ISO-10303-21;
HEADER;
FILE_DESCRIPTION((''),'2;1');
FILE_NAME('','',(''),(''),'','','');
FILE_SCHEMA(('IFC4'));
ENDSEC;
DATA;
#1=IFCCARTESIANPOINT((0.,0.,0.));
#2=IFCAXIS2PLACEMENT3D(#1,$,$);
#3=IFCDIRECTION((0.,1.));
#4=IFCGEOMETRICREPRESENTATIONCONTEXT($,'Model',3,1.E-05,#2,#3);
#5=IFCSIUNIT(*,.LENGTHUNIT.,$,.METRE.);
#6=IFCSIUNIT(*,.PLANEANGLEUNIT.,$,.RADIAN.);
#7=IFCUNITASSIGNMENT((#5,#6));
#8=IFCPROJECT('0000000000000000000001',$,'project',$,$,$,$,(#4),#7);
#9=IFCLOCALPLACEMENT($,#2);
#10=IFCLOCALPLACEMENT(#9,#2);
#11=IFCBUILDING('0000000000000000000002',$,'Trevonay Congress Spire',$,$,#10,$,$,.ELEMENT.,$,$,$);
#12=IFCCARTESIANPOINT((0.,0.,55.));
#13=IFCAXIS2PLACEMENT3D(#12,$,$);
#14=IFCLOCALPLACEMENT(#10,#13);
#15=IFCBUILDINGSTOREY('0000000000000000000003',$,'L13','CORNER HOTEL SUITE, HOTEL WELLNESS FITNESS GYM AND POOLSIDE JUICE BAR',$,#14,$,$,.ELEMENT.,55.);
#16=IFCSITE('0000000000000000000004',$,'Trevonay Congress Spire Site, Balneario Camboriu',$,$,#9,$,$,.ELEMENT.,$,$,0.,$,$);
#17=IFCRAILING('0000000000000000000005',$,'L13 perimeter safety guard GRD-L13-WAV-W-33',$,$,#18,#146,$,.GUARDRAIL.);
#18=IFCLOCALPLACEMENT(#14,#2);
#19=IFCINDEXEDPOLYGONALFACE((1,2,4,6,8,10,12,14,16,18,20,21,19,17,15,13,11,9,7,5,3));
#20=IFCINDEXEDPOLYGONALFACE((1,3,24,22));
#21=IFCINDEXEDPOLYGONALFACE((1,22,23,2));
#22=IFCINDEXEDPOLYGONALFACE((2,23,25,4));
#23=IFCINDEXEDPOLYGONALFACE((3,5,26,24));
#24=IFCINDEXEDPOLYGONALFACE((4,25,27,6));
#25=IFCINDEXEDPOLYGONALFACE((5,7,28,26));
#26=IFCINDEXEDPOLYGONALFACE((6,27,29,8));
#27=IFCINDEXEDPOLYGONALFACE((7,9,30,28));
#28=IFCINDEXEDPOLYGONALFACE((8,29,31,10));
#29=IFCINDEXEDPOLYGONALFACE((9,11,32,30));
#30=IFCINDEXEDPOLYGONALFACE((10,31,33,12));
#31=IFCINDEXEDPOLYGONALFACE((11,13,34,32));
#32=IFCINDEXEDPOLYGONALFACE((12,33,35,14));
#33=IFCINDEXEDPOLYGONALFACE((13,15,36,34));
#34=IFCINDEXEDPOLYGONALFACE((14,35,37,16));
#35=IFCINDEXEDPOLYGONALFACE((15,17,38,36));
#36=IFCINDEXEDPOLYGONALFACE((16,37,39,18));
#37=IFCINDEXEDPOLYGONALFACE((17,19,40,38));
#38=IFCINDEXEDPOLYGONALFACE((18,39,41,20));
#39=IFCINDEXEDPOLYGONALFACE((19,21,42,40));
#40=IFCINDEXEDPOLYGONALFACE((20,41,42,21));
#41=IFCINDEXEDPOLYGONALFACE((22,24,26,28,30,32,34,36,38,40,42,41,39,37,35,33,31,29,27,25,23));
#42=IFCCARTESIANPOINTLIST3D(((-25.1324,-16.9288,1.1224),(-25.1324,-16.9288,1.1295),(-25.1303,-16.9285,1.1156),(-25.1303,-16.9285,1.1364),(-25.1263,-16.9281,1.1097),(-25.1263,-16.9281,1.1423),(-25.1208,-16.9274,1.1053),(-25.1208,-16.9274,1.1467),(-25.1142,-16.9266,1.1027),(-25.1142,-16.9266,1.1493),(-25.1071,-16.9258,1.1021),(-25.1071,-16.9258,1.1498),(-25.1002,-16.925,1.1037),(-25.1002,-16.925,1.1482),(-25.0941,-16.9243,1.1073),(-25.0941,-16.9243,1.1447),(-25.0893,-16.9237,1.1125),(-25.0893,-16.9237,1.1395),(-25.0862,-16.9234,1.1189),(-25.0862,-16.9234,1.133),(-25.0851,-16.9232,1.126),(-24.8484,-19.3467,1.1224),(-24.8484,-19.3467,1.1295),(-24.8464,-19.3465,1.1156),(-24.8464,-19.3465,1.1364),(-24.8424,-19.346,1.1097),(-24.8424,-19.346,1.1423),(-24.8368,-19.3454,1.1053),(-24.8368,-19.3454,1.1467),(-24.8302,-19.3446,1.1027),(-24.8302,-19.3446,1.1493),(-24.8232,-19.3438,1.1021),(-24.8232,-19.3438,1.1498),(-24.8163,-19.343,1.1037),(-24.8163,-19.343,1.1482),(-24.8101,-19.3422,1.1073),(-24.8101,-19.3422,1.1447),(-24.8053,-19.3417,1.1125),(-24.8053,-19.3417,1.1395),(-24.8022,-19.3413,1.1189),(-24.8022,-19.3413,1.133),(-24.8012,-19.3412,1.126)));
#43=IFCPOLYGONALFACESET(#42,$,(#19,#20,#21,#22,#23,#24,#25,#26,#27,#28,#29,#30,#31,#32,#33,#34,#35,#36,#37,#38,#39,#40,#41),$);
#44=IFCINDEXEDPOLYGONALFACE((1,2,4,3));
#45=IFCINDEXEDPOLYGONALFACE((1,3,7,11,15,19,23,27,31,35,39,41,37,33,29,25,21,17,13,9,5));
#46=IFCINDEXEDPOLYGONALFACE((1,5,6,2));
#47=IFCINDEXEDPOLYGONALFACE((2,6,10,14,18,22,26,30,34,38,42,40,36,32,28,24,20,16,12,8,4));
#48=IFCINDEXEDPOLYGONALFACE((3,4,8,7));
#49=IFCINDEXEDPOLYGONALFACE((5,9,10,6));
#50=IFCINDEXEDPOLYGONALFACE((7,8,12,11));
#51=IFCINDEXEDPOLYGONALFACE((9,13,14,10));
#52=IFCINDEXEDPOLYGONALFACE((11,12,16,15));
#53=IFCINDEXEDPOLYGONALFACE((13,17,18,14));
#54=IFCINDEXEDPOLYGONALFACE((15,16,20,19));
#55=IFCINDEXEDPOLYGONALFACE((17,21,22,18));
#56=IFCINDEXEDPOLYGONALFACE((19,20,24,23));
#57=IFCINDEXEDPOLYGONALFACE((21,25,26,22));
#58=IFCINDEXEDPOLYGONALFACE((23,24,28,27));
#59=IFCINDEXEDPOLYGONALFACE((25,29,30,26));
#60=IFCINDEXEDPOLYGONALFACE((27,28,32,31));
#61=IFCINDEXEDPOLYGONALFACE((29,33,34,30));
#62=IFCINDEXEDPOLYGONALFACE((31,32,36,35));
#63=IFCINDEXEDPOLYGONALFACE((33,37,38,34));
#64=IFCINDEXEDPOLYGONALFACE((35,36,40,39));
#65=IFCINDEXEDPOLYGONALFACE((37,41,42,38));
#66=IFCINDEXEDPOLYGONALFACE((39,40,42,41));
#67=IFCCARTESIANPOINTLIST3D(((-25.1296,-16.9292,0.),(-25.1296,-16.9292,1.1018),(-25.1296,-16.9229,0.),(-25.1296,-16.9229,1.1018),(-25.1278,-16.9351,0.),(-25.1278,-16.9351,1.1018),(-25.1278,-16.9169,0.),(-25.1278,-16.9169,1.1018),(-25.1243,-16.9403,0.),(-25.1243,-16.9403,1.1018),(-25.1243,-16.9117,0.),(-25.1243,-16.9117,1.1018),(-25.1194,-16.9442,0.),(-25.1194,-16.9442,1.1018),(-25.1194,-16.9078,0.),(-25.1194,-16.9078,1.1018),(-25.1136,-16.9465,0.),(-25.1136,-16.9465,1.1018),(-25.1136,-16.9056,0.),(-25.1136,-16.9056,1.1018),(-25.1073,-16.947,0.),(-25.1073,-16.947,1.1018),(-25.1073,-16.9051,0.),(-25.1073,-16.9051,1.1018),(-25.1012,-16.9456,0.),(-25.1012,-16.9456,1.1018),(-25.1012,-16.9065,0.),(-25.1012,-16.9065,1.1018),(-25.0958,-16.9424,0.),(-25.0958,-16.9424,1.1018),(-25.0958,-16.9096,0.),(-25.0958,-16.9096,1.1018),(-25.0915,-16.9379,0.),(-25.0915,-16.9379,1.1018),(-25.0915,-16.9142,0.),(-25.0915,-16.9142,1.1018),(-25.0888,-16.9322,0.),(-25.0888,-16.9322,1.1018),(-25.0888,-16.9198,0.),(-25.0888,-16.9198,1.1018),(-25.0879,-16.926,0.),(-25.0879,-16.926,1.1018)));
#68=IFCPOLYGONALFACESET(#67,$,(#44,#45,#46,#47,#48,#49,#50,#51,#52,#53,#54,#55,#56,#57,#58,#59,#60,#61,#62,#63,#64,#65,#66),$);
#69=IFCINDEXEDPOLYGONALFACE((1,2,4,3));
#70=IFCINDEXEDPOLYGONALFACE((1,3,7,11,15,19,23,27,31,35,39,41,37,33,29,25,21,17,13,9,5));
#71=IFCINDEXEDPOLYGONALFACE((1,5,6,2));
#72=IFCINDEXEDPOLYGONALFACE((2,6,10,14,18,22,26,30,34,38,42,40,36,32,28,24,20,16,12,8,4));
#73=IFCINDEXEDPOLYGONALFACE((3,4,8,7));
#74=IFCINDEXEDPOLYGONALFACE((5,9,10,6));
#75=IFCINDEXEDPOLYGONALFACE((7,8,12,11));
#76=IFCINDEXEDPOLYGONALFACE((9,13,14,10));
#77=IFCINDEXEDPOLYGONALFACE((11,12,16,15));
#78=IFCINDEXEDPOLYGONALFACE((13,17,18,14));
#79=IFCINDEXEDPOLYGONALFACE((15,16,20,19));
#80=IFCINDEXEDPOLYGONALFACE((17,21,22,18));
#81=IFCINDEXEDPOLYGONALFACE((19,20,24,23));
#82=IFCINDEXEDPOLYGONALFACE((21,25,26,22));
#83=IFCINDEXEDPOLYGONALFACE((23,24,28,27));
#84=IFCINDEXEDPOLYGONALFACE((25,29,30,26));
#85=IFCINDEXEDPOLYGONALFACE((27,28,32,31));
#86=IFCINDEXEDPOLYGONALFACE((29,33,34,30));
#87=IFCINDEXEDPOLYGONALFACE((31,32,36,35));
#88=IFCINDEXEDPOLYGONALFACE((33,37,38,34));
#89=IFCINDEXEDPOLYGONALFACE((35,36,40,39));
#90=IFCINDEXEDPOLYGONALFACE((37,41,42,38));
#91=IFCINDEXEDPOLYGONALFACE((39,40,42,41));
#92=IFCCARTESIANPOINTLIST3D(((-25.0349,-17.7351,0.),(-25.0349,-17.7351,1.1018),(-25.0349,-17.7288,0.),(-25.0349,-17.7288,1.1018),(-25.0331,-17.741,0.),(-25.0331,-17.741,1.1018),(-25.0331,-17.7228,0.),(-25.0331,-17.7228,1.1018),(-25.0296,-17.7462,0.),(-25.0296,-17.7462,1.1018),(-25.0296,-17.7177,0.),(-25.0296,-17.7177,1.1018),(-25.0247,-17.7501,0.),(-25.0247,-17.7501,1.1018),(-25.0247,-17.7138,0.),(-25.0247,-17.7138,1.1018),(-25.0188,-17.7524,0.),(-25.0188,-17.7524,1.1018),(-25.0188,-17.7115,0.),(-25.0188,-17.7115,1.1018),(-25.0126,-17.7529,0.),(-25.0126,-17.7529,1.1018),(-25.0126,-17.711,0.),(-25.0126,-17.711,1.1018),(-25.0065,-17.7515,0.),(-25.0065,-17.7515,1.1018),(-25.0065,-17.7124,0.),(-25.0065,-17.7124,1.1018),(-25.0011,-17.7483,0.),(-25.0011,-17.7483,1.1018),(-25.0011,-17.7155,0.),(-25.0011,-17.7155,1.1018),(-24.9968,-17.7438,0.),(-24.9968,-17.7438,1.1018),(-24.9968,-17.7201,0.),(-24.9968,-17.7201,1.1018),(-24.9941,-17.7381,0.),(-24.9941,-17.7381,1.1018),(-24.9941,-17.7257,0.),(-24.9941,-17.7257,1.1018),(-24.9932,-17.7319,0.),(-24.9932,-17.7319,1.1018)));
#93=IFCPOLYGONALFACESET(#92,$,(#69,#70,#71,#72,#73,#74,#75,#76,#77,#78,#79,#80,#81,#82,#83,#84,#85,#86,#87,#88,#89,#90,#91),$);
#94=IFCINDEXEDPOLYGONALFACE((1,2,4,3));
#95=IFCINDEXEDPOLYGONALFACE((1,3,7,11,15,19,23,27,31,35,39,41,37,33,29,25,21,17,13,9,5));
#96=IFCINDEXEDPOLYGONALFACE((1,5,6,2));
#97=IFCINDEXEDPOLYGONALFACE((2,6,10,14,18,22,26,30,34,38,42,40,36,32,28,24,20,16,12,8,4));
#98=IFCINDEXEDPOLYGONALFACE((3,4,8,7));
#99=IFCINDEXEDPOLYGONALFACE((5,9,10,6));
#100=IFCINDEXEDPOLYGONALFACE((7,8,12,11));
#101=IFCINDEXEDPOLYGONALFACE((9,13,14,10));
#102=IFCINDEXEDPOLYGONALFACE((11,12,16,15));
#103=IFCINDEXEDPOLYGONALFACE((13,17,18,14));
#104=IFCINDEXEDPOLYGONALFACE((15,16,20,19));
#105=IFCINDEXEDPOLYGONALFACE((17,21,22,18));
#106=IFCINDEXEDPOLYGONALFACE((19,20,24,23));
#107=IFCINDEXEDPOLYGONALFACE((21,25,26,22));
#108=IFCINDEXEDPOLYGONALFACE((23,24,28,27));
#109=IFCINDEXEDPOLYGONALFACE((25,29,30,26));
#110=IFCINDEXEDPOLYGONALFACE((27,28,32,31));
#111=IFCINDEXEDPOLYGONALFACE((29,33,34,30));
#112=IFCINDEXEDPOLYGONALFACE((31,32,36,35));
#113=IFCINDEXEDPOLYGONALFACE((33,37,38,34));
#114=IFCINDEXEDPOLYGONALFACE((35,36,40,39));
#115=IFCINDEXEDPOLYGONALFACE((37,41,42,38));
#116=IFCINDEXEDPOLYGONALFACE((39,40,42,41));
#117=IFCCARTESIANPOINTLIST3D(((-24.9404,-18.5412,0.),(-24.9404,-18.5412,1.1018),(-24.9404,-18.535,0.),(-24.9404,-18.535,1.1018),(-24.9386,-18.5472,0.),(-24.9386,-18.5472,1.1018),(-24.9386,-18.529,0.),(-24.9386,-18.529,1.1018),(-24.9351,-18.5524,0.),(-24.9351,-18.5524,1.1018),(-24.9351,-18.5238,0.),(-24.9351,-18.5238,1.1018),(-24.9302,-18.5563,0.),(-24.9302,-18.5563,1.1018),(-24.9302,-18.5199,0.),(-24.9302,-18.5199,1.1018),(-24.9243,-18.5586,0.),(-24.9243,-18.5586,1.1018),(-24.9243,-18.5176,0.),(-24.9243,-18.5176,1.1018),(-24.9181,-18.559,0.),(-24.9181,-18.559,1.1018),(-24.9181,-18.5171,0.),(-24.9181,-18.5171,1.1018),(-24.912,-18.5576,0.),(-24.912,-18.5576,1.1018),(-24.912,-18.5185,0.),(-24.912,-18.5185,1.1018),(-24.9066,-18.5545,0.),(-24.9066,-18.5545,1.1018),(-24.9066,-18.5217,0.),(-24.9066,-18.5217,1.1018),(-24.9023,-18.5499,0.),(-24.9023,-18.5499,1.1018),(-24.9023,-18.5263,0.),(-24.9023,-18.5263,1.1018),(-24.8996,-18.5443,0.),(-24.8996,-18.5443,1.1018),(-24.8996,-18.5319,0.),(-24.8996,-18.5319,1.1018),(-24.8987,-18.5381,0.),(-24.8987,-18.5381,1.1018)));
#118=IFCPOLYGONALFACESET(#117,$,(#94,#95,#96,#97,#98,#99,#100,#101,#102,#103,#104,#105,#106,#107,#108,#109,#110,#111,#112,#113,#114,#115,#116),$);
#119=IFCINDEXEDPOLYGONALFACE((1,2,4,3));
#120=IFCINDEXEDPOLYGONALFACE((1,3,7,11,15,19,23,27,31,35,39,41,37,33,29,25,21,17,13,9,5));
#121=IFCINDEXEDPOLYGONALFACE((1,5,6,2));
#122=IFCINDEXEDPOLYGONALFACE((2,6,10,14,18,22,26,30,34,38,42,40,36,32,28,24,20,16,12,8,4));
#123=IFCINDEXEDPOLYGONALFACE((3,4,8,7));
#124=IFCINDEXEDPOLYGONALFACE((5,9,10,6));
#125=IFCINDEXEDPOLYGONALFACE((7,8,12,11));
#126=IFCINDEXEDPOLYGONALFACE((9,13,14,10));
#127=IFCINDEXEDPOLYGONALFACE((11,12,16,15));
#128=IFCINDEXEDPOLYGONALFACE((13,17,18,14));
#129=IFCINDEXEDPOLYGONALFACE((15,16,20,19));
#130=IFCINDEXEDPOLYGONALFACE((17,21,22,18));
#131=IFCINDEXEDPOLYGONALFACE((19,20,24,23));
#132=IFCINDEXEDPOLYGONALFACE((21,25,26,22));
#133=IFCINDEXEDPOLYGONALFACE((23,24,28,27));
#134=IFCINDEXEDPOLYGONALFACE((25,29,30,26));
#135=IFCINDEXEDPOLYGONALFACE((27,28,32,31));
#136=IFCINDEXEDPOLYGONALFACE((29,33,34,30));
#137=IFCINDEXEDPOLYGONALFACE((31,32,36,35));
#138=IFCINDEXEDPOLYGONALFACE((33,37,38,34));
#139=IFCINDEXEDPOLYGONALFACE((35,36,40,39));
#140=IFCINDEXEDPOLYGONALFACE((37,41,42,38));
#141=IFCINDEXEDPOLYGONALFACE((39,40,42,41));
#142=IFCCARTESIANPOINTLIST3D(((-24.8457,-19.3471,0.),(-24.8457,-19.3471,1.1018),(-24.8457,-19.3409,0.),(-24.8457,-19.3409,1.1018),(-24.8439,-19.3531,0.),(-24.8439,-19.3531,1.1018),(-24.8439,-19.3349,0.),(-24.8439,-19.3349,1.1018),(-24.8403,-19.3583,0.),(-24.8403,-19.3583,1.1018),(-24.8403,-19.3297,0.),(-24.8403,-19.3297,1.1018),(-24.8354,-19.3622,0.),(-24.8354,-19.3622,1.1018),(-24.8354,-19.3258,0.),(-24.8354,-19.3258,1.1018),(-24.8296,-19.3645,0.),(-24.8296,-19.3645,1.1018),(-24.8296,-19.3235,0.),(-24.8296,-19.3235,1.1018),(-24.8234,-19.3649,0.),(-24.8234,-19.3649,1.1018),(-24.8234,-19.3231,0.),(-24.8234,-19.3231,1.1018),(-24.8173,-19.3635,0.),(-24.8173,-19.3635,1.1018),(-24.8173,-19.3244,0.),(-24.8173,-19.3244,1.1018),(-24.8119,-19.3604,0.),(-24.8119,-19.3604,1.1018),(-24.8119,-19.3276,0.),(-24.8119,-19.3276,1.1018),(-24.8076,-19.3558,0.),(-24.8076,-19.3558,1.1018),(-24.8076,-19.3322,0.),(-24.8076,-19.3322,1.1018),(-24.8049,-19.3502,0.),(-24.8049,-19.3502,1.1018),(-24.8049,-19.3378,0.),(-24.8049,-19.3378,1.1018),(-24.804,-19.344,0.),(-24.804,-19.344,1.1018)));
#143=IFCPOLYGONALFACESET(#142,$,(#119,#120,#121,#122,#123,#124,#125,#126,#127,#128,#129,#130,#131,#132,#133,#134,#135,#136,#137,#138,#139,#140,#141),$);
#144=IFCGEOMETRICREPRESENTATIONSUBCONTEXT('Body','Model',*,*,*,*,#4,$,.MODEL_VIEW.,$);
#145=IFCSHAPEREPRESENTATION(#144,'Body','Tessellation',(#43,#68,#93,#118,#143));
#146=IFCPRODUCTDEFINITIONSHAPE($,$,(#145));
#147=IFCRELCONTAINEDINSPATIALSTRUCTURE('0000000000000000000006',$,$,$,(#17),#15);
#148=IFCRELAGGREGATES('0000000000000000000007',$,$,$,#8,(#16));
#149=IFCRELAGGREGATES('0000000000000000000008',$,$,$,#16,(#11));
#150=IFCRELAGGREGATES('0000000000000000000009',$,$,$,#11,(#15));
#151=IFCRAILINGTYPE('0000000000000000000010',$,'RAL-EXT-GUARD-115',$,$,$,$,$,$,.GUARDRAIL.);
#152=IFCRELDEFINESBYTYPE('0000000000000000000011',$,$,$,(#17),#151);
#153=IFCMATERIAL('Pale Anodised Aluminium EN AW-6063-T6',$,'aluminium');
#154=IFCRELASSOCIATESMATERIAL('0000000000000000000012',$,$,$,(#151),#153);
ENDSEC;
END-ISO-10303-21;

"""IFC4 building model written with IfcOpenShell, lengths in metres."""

from ifc_helpers import new_model, si_unit, direction, frame, origin, origin_2d, place, context, subcontext, project, spatial, circle, extrude, material, type_object, element, save


model = new_model("IFC4")

# Units and contexts
model_context = context("Model", 3, precision=1e-05, world=origin(), true_north=direction((0.0, 1.0)))
body_context = subcontext(model_context, "Body", "Model", "MODEL_VIEW")
ifc_project = project(units=[si_unit("LENGTHUNIT", "METRE"), si_unit("PLANEANGLEUNIT", "RADIAN")], contexts=[model_context])

# Site, building, storey
site_placement = place(None, origin())
site = spatial("IfcSite", under=ifc_project, at=site_placement, Name="Trevonay Congress Spire Site, Balneario Camboriu", CompositionType="ELEMENT", RefElevation=0.0)
building_placement = place(site_placement, origin())
building = spatial("IfcBuilding", under=site, at=building_placement, Name="Trevonay Congress Spire", CompositionType="ELEMENT")
storey_placement = place(building_placement, frame((0.0, 0.0, 55.0)))
storey = spatial("IfcBuildingStorey", under=building, at=storey_placement, Name="L13", Description="CORNER HOTEL SUITE, HOTEL WELLNESS FITNESS GYM AND POOLSIDE JUICE BAR", CompositionType="ELEMENT", Elevation=55.0)

# Shared definitions
ifc_material_1 = material(Name="Pale Anodised Aluminium EN AW-6063-T6", Category="aluminium")

# Railing
railing_type = type_object("IfcRailingType", Name="RAL-EXT-GUARD-115", PredefinedType="GUARDRAIL", material=ifc_material_1)
railing_1_placement = place(storey_placement, frame((-25.1089, -16.926, 0.0)))
element("IfcRailing", 1, at=railing_1_placement, inside=storey, type_object=railing_type, Name="L13 perimeter safety guard GRD-L13-WAV-W-33", PredefinedType="GUARDRAIL", context=body_context, shape_type="SweptSolid", body=[
    extrude(circle(Radius=0.0239, at=origin_2d()), frame((0.0, 0.0, 1.126), z_axis=(0.116626, -0.993176, 0.0), x_axis=(0.993176, 0.116626, 0.0)), (0.0, 0.0, 1.0), 2.4346),
    extrude(circle(Radius=0.021, at=origin_2d()), origin(), (0.0, 0.0, 1.0), 1.1018),
    extrude(circle(Radius=0.021, at=origin_2d()), frame((0.0947, -0.8059, 0.0)), (0.0, 0.0, 1.0), 1.1018),
    extrude(circle(Radius=0.021, at=origin_2d()), frame((0.1892, -1.6121, 0.0)), (0.0, 0.0, 1.0), 1.1018),
    extrude(circle(Radius=0.021, at=origin_2d()), frame((0.2839, -2.418, 0.0)), (0.0, 0.0, 1.0), 1.1018),
])

save(model, "model.ifc")
